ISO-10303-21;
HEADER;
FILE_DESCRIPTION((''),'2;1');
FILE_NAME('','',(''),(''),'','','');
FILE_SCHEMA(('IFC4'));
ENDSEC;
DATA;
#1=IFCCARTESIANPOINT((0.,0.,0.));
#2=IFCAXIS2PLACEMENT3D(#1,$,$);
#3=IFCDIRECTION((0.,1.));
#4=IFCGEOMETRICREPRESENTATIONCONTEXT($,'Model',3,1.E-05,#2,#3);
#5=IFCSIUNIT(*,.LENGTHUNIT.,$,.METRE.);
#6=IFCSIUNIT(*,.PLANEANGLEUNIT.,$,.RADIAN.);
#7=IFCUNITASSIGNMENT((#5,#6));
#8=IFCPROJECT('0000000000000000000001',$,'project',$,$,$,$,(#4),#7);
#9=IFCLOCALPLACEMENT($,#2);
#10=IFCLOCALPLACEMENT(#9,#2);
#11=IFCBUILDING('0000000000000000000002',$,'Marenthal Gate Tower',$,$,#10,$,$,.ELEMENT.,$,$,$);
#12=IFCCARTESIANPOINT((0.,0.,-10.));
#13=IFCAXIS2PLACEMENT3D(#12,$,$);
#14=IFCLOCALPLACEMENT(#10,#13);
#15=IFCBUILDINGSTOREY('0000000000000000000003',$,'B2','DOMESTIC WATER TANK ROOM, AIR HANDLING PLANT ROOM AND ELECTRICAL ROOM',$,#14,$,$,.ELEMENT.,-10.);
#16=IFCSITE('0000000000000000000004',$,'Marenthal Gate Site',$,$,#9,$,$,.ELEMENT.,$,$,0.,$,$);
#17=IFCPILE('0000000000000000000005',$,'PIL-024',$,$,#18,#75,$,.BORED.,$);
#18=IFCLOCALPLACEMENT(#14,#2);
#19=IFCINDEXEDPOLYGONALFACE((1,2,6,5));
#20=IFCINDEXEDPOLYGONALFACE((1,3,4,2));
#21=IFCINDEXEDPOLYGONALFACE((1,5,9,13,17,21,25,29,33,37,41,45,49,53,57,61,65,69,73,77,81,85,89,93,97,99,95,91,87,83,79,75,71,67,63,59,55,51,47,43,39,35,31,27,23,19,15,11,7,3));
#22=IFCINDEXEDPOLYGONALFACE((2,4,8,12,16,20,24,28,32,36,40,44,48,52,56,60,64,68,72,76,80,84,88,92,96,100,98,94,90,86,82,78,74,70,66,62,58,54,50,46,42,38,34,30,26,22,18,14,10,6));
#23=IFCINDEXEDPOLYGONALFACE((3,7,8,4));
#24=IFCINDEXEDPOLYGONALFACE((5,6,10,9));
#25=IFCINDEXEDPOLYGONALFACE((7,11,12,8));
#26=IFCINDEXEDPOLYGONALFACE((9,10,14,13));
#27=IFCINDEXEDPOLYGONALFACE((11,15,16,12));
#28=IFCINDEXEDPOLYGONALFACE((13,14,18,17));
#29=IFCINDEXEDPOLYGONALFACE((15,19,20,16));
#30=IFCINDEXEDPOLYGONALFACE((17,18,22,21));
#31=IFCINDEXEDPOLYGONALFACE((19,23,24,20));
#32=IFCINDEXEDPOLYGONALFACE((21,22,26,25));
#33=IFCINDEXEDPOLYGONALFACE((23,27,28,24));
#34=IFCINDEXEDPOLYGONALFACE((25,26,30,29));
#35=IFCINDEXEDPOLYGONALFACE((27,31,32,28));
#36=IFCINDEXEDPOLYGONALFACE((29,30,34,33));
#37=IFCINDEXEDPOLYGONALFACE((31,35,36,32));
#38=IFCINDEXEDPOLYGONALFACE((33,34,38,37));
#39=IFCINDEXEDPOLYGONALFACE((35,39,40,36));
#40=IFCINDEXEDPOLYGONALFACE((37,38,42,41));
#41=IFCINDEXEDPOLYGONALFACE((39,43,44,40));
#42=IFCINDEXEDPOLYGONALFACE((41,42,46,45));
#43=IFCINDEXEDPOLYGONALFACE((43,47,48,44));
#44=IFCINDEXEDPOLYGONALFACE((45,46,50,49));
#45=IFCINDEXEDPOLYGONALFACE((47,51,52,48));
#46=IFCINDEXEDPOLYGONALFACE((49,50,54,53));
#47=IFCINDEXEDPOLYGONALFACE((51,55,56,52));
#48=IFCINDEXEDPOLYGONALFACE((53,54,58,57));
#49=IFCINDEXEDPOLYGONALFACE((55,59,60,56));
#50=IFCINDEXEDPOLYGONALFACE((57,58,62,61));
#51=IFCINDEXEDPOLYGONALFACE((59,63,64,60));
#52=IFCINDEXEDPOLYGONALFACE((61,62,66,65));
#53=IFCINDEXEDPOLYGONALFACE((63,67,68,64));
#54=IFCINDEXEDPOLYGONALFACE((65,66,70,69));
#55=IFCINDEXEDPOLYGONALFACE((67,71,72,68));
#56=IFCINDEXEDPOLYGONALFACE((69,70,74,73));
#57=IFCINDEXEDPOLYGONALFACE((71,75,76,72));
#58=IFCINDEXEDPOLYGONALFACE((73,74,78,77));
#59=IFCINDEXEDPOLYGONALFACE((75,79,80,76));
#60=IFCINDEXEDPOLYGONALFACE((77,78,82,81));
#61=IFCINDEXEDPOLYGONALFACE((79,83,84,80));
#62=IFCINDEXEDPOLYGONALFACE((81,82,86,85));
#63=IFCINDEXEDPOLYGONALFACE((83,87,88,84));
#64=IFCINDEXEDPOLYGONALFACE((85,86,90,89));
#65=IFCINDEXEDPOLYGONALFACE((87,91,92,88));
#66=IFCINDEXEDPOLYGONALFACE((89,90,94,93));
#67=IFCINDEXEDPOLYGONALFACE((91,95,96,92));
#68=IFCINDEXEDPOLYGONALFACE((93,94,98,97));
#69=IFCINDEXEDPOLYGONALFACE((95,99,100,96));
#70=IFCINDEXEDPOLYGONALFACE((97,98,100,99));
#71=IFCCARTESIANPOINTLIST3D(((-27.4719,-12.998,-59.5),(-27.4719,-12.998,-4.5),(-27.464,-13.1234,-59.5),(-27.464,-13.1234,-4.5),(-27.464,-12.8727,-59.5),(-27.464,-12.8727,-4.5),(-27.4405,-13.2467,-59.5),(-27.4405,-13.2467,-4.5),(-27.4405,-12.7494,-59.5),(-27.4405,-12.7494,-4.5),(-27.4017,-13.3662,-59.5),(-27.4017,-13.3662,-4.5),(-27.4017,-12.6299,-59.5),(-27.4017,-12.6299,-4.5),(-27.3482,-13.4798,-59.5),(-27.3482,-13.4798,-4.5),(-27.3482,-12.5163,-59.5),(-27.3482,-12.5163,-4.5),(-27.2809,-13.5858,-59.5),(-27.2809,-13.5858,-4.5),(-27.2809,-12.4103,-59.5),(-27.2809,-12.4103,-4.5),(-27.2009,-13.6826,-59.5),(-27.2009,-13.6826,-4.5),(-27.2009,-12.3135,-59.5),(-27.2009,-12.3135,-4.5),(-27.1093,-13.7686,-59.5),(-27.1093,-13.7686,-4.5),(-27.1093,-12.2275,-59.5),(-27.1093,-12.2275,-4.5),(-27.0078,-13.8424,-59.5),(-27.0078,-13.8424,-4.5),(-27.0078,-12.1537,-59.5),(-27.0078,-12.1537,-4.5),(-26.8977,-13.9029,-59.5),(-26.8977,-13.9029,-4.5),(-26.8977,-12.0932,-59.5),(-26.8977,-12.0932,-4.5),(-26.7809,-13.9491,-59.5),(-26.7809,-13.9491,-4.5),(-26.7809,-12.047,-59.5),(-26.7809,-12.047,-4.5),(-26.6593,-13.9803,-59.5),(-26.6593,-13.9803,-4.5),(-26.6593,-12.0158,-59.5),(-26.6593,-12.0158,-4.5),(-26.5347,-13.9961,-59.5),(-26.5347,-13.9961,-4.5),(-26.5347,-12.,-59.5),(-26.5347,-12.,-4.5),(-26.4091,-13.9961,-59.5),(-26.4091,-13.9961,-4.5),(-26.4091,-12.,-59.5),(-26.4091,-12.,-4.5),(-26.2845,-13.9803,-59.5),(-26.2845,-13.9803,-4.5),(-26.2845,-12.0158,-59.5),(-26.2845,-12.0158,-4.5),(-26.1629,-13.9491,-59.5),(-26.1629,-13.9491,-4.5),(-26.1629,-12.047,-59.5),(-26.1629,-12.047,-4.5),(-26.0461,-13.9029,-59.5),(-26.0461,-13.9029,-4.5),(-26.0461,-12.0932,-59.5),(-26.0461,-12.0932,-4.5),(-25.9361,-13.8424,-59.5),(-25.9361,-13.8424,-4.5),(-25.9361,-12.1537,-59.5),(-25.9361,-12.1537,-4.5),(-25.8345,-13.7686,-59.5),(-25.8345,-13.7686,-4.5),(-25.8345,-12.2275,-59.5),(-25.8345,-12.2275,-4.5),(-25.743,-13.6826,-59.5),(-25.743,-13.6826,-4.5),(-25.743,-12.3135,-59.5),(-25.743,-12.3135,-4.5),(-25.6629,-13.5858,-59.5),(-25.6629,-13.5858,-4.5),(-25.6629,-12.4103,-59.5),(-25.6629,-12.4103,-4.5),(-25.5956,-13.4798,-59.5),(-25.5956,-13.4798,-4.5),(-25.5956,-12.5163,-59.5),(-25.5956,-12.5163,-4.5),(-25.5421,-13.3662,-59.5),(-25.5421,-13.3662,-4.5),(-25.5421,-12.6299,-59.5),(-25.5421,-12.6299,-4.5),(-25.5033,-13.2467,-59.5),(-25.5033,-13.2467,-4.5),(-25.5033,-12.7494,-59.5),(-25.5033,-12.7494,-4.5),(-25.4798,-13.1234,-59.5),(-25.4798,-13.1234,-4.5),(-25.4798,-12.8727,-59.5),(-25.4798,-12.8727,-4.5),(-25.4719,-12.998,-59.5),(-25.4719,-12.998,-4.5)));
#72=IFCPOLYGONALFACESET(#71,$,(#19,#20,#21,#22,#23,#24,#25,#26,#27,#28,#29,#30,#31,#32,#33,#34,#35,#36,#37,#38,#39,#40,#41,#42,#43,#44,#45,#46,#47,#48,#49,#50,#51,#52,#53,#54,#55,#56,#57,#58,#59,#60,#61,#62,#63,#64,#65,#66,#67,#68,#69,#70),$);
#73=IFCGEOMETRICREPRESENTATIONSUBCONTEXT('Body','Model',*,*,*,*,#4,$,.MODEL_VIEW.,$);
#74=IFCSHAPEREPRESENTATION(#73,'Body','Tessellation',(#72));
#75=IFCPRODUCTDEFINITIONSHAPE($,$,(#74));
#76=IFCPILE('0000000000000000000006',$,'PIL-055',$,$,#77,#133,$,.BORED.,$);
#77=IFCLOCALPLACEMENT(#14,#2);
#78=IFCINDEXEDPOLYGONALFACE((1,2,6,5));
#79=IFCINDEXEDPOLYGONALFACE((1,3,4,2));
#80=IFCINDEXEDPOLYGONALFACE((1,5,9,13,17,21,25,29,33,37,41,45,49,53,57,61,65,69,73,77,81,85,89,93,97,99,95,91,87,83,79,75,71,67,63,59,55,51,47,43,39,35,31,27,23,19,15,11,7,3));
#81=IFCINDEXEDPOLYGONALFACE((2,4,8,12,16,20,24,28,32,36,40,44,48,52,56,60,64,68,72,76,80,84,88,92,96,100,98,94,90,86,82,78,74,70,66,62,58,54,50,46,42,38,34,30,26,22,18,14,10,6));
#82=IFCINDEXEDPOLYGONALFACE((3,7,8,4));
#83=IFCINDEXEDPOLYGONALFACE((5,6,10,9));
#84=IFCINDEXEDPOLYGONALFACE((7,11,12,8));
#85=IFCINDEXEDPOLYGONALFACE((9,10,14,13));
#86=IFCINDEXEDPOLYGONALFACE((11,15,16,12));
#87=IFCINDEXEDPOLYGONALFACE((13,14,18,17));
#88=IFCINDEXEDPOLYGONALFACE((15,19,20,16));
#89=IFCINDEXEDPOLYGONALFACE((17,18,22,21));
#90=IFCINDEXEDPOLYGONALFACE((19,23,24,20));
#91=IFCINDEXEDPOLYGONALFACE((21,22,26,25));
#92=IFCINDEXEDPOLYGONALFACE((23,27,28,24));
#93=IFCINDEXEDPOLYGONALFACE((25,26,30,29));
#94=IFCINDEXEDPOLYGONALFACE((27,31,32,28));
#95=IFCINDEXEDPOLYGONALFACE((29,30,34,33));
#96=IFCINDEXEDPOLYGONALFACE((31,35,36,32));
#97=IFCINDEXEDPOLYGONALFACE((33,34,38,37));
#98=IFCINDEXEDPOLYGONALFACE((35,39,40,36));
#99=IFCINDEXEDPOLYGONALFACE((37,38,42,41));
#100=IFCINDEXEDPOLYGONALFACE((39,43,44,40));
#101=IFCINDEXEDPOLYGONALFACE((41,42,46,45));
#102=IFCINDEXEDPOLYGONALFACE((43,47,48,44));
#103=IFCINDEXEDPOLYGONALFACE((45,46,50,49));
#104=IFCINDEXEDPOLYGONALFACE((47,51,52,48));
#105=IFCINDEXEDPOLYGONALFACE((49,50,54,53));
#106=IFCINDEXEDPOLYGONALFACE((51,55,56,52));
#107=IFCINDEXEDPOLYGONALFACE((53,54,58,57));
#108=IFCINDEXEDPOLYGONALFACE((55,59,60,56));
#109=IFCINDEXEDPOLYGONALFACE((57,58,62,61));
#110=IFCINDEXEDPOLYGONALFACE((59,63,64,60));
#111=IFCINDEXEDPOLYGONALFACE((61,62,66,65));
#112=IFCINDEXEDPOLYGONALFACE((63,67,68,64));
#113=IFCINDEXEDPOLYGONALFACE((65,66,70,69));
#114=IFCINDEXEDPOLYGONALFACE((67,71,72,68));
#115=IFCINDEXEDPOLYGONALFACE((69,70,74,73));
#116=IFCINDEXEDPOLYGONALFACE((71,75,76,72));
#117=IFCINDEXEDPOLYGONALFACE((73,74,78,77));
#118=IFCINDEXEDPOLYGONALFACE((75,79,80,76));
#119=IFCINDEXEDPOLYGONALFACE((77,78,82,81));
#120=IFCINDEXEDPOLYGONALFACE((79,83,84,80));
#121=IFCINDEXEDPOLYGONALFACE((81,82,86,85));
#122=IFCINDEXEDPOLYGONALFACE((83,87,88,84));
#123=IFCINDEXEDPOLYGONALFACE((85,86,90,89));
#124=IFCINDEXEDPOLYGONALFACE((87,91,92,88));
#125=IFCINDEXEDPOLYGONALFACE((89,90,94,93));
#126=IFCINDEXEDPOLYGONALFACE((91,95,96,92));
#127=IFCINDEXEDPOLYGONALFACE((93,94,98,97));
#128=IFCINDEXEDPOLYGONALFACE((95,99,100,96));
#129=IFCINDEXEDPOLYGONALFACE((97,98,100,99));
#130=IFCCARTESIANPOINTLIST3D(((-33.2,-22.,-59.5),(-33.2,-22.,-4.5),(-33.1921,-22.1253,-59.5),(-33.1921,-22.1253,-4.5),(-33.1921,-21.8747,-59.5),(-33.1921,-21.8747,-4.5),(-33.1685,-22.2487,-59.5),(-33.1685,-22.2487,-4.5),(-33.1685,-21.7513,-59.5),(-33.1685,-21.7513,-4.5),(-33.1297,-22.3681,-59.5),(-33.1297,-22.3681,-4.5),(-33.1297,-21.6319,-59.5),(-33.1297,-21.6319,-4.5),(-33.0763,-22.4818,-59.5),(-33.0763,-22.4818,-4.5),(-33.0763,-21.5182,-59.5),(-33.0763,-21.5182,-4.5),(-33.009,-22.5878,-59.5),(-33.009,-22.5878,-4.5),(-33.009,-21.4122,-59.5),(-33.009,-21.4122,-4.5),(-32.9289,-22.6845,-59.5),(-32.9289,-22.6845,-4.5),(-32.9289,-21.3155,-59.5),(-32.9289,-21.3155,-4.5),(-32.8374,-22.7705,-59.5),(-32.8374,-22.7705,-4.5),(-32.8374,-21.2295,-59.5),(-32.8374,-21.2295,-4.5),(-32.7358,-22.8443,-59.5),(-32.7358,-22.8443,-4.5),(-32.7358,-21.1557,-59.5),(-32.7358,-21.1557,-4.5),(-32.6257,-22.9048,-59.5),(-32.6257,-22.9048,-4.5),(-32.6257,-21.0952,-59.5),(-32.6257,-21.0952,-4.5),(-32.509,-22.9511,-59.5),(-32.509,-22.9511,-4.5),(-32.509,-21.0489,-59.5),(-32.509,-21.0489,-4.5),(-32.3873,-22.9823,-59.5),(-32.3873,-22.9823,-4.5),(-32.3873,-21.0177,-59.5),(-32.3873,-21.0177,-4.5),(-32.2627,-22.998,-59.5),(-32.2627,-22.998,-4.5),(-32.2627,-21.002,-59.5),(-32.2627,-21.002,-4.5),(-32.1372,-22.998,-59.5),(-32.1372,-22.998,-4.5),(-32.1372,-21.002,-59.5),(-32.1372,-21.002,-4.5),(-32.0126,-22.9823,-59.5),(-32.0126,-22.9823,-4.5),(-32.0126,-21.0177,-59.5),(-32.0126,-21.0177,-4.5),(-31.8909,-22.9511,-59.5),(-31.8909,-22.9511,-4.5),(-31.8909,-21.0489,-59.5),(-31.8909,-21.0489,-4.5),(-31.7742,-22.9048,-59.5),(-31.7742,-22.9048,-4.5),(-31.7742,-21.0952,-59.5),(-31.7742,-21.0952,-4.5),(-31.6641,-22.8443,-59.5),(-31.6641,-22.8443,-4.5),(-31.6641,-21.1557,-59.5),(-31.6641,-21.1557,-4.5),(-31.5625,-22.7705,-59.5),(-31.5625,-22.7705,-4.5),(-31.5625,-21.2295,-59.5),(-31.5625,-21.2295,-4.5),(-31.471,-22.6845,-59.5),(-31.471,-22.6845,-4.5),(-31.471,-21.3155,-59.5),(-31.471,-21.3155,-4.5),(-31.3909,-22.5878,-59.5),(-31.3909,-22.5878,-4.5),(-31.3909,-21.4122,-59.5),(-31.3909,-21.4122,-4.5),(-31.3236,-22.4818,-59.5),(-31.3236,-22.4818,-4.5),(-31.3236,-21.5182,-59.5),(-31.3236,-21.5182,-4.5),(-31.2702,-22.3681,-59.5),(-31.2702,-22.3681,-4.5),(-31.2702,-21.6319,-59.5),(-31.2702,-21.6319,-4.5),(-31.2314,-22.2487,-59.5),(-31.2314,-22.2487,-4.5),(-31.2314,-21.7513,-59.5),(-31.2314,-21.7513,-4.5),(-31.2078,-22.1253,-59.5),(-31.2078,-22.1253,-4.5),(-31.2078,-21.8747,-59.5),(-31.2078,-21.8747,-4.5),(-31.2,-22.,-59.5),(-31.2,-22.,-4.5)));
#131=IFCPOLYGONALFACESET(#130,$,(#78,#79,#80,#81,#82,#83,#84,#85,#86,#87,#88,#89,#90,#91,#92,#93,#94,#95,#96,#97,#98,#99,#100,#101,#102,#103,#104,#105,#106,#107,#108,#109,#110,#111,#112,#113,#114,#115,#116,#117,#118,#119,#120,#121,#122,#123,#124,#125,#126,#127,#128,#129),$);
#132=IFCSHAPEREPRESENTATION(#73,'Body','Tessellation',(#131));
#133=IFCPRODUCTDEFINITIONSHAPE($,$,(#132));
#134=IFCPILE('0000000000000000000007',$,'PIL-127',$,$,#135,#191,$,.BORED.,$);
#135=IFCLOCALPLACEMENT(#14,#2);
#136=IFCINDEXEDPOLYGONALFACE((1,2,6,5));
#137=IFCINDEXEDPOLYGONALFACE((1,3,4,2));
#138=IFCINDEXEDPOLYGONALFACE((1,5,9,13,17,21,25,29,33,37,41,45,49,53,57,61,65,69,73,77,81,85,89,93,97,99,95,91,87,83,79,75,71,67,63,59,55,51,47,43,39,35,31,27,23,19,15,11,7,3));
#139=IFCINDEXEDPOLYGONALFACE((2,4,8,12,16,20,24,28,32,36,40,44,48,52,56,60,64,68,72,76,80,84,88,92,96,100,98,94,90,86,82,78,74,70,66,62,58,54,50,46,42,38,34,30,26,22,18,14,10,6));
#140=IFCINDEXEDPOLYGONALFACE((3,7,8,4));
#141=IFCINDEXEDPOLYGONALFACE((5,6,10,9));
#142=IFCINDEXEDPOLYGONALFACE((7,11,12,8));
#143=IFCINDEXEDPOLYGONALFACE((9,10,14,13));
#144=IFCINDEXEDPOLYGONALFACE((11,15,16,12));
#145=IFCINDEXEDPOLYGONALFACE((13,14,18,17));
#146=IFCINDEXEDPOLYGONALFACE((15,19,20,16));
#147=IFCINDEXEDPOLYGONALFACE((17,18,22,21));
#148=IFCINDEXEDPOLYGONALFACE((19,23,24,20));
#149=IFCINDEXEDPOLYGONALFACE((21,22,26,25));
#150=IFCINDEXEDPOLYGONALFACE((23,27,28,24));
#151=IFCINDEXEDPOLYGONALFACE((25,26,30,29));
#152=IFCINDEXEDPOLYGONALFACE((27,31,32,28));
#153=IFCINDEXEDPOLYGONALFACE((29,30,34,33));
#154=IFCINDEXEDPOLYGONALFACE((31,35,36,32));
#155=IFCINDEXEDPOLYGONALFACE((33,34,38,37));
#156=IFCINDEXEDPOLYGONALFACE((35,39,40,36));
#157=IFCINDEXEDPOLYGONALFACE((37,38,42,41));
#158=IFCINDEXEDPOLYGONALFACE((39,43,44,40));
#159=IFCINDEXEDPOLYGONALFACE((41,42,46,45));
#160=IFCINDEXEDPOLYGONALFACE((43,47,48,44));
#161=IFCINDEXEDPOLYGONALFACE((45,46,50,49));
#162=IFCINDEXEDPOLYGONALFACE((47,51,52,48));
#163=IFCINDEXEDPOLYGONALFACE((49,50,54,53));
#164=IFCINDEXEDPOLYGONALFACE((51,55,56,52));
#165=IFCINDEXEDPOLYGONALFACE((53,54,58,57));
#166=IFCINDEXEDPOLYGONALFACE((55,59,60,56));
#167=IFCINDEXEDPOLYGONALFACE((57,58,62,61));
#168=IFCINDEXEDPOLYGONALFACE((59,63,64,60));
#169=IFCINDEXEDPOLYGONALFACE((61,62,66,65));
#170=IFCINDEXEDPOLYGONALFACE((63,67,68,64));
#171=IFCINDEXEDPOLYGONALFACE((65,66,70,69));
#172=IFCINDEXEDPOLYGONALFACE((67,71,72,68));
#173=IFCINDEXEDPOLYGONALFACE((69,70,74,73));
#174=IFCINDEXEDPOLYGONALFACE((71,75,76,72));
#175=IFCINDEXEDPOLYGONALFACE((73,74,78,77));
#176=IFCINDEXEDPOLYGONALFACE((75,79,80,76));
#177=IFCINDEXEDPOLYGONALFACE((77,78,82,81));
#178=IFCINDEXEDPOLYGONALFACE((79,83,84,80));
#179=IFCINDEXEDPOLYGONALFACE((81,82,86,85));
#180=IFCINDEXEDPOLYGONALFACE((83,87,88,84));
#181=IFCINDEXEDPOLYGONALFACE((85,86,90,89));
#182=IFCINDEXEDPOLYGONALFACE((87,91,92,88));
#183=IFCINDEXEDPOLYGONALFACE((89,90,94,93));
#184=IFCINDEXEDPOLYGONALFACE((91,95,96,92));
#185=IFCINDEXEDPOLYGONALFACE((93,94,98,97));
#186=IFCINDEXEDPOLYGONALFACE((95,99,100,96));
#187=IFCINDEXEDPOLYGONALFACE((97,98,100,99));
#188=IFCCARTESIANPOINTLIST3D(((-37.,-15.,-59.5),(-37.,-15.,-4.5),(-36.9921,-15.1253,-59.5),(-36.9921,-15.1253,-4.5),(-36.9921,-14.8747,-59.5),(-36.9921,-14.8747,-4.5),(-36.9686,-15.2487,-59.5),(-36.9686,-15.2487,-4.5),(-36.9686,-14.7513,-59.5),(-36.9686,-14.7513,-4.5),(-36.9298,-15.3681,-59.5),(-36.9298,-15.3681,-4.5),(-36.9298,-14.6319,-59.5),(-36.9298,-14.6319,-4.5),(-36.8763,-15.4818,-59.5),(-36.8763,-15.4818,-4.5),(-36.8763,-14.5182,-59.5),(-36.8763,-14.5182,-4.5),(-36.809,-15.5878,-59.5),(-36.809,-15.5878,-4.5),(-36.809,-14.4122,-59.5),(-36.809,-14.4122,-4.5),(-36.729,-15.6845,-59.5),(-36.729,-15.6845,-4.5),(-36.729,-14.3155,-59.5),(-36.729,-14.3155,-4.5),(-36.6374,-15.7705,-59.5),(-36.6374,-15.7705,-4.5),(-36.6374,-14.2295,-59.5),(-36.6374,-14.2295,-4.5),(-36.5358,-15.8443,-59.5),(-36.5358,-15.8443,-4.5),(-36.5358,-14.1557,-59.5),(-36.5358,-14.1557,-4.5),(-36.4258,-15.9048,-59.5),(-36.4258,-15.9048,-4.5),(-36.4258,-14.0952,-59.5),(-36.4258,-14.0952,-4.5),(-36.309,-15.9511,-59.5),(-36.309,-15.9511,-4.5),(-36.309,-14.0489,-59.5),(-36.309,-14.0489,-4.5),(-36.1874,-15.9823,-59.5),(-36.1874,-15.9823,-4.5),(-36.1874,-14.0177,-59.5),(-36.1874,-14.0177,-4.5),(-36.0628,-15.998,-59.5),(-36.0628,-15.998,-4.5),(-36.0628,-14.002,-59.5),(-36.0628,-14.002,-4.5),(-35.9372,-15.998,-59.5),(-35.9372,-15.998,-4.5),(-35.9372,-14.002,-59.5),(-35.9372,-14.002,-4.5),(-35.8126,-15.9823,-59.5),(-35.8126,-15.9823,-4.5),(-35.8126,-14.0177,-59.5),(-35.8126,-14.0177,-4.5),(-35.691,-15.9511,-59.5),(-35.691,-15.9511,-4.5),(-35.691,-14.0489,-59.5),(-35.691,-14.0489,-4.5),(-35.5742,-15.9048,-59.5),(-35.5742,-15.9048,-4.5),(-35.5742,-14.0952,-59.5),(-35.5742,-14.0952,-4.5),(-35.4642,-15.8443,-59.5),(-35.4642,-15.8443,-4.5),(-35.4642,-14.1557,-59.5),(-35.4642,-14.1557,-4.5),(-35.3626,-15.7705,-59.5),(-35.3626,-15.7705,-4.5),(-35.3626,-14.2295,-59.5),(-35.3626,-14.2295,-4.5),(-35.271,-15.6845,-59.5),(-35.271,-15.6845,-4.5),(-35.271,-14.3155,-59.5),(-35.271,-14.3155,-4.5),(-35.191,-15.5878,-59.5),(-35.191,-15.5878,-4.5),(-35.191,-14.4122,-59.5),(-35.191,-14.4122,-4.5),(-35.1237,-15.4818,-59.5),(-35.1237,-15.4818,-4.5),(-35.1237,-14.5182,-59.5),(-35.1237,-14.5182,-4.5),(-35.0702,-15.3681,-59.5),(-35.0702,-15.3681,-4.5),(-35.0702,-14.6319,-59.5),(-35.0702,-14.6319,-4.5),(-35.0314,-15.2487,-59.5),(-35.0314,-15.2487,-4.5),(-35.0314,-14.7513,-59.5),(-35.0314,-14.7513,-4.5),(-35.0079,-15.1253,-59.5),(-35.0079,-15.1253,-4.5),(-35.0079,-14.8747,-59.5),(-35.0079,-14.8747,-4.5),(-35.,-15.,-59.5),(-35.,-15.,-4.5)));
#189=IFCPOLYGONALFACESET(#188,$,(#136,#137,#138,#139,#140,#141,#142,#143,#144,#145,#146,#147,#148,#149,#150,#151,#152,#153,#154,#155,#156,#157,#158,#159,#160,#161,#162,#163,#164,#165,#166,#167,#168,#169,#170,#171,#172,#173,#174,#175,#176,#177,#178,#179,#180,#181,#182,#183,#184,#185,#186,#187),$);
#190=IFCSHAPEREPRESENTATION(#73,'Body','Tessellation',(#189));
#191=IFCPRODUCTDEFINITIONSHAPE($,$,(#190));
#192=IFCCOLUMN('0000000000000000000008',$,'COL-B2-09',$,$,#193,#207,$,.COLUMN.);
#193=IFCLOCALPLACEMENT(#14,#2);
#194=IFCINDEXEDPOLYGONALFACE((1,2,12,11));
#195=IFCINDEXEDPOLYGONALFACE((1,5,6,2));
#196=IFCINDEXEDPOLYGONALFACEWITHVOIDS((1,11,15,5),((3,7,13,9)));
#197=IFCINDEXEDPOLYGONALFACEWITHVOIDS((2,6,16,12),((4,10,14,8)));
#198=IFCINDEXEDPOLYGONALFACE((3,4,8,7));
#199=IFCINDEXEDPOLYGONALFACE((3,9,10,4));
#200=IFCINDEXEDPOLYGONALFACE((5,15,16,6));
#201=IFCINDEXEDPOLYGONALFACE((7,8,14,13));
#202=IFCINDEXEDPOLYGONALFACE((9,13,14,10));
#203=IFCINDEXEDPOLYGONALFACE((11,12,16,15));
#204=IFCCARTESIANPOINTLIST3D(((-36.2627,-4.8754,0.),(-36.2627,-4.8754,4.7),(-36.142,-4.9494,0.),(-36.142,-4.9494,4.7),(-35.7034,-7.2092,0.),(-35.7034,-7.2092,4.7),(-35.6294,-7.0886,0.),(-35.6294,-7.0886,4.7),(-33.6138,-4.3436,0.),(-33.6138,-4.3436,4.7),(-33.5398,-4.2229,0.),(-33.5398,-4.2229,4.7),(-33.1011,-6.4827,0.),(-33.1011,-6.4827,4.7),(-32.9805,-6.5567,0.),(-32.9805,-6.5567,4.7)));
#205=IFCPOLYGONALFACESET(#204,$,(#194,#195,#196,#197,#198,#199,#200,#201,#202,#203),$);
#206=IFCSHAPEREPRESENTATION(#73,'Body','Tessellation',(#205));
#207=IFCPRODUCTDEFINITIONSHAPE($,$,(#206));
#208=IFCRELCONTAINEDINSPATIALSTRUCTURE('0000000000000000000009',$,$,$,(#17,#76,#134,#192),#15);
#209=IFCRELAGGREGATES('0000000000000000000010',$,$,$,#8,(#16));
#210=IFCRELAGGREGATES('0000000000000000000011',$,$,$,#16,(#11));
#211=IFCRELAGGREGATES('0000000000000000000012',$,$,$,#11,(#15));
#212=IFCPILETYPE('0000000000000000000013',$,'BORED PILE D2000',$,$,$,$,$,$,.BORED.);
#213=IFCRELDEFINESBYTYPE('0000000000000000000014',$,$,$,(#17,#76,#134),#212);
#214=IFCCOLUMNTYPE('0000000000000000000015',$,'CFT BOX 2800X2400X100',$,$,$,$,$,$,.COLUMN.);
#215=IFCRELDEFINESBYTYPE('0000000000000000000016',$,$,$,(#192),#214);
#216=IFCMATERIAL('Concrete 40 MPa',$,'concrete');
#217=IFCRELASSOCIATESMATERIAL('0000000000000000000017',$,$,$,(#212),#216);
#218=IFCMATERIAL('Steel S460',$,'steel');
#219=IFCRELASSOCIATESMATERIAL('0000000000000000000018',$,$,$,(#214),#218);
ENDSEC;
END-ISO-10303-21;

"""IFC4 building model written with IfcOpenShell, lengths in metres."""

from ifc_helpers import new_model, si_unit, direction, frame, origin, origin_2d, place, context, subcontext, project, spatial, rectangle, hollow_rectangle, circle, extrude, material, material_profile, profile_set, type_object, element, save


model = new_model("IFC4")

# Units and contexts
model_context = context("Model", 3, precision=1e-05, world=origin(), true_north=direction((0.0, 1.0)))
body_context = subcontext(model_context, "Body", "Model", "MODEL_VIEW")
ifc_project = project(units=[si_unit("LENGTHUNIT", "METRE"), si_unit("PLANEANGLEUNIT", "RADIAN")], contexts=[model_context])

# Site, building, storey
site_placement = place(None, origin())
site = spatial("IfcSite", under=ifc_project, at=site_placement, Name="Marenthal Gate Site", CompositionType="ELEMENT", RefElevation=0.0)
building_placement = place(site_placement, origin())
building = spatial("IfcBuilding", under=site, at=building_placement, Name="Marenthal Gate Tower", CompositionType="ELEMENT")
storey_placement = place(building_placement, frame((0.0, 0.0, -10.0)))
storey = spatial("IfcBuildingStorey", under=building, at=storey_placement, Name="B2", Description="DOMESTIC WATER TANK ROOM, AIR HANDLING PLANT ROOM AND ELECTRICAL ROOM", CompositionType="ELEMENT", Elevation=-10.0)

# Piles
ifc_material_1 = material(Name="Concrete 40 MPa", Category="concrete")
pile_type = type_object("IfcPileType", Name="BORED PILE D2000", PredefinedType="BORED", material=ifc_material_1)
for number, where, z_axis, x_axis, name in (
    (1, (-26.4719, -12.998, -4.5), (0.0, 0.0, -1.0), (1.0, 0.0, 0.0), "PIL-024"),
    (2, (-32.2, -22.0, -4.5), (0.0, 0.0, -1.0), (1.0, 0.0, 0.0), "PIL-055"),
    (3, (-36.0, -15.0, -4.5), (0.0, 0.0, -1.0), (1.0, 0.0, 0.0), "PIL-127"),
):
    element("IfcPile", number, at=place(storey_placement, frame(where, z_axis=z_axis, x_axis=x_axis)), inside=storey, type_object=pile_type, Name=name, PredefinedType="BORED", context=body_context, shape_type="SweptSolid", body=[
        extrude(circle(Radius=1.0, at=origin_2d()), origin(), (0.0, 0.0, 1.0), 55.0),
    ])

# Column
ifc_material_2 = material(Name="Steel S460", Category="steel")
ifc_material_profile_1 = material_profile(ifc_material_2, hollow_rectangle(XDim=2.3999, YDim=2.8, WallThickness=0.1001, at=origin_2d()), Name="CFT BOX 2800X2400X100")
ifc_material_3 = material(Name="Concrete 70 MPa", Category="concrete")
ifc_material_profile_2 = material_profile(ifc_material_3, rectangle(XDim=2.2, YDim=2.6001, at=origin_2d()), Name="CFT BOX 2800X2400X100 INFILL")
ifc_profile_set_1 = profile_set([ifc_material_profile_1, ifc_material_profile_2], Name="Steel S460 shell, Concrete 70 MPa infill")
column_type_1 = type_object("IfcColumnType", Name="CFT BOX 2800X2400X100", PredefinedType="COLUMN", material=ifc_profile_set_1)
for number, where, z_axis, x_axis, name in (
    (4, (-34.6216, -5.7161, 0.0), (0.0, 0.0, 1.0), (-0.233047, 0.972466, 0.0), "COL-B2-09"),
):
    element("IfcColumn", number, at=place(storey_placement, frame(where, z_axis=z_axis, x_axis=x_axis)), inside=storey, type_object=column_type_1, Name=name, PredefinedType="COLUMN", context=body_context, shape_type="SweptSolid", body=[
        extrude(hollow_rectangle(XDim=2.3999, YDim=2.8, WallThickness=0.1001, at=origin_2d()), origin(), (0.0, 0.0, 1.0), 4.7),
    ])

save(model, "model.ifc")
